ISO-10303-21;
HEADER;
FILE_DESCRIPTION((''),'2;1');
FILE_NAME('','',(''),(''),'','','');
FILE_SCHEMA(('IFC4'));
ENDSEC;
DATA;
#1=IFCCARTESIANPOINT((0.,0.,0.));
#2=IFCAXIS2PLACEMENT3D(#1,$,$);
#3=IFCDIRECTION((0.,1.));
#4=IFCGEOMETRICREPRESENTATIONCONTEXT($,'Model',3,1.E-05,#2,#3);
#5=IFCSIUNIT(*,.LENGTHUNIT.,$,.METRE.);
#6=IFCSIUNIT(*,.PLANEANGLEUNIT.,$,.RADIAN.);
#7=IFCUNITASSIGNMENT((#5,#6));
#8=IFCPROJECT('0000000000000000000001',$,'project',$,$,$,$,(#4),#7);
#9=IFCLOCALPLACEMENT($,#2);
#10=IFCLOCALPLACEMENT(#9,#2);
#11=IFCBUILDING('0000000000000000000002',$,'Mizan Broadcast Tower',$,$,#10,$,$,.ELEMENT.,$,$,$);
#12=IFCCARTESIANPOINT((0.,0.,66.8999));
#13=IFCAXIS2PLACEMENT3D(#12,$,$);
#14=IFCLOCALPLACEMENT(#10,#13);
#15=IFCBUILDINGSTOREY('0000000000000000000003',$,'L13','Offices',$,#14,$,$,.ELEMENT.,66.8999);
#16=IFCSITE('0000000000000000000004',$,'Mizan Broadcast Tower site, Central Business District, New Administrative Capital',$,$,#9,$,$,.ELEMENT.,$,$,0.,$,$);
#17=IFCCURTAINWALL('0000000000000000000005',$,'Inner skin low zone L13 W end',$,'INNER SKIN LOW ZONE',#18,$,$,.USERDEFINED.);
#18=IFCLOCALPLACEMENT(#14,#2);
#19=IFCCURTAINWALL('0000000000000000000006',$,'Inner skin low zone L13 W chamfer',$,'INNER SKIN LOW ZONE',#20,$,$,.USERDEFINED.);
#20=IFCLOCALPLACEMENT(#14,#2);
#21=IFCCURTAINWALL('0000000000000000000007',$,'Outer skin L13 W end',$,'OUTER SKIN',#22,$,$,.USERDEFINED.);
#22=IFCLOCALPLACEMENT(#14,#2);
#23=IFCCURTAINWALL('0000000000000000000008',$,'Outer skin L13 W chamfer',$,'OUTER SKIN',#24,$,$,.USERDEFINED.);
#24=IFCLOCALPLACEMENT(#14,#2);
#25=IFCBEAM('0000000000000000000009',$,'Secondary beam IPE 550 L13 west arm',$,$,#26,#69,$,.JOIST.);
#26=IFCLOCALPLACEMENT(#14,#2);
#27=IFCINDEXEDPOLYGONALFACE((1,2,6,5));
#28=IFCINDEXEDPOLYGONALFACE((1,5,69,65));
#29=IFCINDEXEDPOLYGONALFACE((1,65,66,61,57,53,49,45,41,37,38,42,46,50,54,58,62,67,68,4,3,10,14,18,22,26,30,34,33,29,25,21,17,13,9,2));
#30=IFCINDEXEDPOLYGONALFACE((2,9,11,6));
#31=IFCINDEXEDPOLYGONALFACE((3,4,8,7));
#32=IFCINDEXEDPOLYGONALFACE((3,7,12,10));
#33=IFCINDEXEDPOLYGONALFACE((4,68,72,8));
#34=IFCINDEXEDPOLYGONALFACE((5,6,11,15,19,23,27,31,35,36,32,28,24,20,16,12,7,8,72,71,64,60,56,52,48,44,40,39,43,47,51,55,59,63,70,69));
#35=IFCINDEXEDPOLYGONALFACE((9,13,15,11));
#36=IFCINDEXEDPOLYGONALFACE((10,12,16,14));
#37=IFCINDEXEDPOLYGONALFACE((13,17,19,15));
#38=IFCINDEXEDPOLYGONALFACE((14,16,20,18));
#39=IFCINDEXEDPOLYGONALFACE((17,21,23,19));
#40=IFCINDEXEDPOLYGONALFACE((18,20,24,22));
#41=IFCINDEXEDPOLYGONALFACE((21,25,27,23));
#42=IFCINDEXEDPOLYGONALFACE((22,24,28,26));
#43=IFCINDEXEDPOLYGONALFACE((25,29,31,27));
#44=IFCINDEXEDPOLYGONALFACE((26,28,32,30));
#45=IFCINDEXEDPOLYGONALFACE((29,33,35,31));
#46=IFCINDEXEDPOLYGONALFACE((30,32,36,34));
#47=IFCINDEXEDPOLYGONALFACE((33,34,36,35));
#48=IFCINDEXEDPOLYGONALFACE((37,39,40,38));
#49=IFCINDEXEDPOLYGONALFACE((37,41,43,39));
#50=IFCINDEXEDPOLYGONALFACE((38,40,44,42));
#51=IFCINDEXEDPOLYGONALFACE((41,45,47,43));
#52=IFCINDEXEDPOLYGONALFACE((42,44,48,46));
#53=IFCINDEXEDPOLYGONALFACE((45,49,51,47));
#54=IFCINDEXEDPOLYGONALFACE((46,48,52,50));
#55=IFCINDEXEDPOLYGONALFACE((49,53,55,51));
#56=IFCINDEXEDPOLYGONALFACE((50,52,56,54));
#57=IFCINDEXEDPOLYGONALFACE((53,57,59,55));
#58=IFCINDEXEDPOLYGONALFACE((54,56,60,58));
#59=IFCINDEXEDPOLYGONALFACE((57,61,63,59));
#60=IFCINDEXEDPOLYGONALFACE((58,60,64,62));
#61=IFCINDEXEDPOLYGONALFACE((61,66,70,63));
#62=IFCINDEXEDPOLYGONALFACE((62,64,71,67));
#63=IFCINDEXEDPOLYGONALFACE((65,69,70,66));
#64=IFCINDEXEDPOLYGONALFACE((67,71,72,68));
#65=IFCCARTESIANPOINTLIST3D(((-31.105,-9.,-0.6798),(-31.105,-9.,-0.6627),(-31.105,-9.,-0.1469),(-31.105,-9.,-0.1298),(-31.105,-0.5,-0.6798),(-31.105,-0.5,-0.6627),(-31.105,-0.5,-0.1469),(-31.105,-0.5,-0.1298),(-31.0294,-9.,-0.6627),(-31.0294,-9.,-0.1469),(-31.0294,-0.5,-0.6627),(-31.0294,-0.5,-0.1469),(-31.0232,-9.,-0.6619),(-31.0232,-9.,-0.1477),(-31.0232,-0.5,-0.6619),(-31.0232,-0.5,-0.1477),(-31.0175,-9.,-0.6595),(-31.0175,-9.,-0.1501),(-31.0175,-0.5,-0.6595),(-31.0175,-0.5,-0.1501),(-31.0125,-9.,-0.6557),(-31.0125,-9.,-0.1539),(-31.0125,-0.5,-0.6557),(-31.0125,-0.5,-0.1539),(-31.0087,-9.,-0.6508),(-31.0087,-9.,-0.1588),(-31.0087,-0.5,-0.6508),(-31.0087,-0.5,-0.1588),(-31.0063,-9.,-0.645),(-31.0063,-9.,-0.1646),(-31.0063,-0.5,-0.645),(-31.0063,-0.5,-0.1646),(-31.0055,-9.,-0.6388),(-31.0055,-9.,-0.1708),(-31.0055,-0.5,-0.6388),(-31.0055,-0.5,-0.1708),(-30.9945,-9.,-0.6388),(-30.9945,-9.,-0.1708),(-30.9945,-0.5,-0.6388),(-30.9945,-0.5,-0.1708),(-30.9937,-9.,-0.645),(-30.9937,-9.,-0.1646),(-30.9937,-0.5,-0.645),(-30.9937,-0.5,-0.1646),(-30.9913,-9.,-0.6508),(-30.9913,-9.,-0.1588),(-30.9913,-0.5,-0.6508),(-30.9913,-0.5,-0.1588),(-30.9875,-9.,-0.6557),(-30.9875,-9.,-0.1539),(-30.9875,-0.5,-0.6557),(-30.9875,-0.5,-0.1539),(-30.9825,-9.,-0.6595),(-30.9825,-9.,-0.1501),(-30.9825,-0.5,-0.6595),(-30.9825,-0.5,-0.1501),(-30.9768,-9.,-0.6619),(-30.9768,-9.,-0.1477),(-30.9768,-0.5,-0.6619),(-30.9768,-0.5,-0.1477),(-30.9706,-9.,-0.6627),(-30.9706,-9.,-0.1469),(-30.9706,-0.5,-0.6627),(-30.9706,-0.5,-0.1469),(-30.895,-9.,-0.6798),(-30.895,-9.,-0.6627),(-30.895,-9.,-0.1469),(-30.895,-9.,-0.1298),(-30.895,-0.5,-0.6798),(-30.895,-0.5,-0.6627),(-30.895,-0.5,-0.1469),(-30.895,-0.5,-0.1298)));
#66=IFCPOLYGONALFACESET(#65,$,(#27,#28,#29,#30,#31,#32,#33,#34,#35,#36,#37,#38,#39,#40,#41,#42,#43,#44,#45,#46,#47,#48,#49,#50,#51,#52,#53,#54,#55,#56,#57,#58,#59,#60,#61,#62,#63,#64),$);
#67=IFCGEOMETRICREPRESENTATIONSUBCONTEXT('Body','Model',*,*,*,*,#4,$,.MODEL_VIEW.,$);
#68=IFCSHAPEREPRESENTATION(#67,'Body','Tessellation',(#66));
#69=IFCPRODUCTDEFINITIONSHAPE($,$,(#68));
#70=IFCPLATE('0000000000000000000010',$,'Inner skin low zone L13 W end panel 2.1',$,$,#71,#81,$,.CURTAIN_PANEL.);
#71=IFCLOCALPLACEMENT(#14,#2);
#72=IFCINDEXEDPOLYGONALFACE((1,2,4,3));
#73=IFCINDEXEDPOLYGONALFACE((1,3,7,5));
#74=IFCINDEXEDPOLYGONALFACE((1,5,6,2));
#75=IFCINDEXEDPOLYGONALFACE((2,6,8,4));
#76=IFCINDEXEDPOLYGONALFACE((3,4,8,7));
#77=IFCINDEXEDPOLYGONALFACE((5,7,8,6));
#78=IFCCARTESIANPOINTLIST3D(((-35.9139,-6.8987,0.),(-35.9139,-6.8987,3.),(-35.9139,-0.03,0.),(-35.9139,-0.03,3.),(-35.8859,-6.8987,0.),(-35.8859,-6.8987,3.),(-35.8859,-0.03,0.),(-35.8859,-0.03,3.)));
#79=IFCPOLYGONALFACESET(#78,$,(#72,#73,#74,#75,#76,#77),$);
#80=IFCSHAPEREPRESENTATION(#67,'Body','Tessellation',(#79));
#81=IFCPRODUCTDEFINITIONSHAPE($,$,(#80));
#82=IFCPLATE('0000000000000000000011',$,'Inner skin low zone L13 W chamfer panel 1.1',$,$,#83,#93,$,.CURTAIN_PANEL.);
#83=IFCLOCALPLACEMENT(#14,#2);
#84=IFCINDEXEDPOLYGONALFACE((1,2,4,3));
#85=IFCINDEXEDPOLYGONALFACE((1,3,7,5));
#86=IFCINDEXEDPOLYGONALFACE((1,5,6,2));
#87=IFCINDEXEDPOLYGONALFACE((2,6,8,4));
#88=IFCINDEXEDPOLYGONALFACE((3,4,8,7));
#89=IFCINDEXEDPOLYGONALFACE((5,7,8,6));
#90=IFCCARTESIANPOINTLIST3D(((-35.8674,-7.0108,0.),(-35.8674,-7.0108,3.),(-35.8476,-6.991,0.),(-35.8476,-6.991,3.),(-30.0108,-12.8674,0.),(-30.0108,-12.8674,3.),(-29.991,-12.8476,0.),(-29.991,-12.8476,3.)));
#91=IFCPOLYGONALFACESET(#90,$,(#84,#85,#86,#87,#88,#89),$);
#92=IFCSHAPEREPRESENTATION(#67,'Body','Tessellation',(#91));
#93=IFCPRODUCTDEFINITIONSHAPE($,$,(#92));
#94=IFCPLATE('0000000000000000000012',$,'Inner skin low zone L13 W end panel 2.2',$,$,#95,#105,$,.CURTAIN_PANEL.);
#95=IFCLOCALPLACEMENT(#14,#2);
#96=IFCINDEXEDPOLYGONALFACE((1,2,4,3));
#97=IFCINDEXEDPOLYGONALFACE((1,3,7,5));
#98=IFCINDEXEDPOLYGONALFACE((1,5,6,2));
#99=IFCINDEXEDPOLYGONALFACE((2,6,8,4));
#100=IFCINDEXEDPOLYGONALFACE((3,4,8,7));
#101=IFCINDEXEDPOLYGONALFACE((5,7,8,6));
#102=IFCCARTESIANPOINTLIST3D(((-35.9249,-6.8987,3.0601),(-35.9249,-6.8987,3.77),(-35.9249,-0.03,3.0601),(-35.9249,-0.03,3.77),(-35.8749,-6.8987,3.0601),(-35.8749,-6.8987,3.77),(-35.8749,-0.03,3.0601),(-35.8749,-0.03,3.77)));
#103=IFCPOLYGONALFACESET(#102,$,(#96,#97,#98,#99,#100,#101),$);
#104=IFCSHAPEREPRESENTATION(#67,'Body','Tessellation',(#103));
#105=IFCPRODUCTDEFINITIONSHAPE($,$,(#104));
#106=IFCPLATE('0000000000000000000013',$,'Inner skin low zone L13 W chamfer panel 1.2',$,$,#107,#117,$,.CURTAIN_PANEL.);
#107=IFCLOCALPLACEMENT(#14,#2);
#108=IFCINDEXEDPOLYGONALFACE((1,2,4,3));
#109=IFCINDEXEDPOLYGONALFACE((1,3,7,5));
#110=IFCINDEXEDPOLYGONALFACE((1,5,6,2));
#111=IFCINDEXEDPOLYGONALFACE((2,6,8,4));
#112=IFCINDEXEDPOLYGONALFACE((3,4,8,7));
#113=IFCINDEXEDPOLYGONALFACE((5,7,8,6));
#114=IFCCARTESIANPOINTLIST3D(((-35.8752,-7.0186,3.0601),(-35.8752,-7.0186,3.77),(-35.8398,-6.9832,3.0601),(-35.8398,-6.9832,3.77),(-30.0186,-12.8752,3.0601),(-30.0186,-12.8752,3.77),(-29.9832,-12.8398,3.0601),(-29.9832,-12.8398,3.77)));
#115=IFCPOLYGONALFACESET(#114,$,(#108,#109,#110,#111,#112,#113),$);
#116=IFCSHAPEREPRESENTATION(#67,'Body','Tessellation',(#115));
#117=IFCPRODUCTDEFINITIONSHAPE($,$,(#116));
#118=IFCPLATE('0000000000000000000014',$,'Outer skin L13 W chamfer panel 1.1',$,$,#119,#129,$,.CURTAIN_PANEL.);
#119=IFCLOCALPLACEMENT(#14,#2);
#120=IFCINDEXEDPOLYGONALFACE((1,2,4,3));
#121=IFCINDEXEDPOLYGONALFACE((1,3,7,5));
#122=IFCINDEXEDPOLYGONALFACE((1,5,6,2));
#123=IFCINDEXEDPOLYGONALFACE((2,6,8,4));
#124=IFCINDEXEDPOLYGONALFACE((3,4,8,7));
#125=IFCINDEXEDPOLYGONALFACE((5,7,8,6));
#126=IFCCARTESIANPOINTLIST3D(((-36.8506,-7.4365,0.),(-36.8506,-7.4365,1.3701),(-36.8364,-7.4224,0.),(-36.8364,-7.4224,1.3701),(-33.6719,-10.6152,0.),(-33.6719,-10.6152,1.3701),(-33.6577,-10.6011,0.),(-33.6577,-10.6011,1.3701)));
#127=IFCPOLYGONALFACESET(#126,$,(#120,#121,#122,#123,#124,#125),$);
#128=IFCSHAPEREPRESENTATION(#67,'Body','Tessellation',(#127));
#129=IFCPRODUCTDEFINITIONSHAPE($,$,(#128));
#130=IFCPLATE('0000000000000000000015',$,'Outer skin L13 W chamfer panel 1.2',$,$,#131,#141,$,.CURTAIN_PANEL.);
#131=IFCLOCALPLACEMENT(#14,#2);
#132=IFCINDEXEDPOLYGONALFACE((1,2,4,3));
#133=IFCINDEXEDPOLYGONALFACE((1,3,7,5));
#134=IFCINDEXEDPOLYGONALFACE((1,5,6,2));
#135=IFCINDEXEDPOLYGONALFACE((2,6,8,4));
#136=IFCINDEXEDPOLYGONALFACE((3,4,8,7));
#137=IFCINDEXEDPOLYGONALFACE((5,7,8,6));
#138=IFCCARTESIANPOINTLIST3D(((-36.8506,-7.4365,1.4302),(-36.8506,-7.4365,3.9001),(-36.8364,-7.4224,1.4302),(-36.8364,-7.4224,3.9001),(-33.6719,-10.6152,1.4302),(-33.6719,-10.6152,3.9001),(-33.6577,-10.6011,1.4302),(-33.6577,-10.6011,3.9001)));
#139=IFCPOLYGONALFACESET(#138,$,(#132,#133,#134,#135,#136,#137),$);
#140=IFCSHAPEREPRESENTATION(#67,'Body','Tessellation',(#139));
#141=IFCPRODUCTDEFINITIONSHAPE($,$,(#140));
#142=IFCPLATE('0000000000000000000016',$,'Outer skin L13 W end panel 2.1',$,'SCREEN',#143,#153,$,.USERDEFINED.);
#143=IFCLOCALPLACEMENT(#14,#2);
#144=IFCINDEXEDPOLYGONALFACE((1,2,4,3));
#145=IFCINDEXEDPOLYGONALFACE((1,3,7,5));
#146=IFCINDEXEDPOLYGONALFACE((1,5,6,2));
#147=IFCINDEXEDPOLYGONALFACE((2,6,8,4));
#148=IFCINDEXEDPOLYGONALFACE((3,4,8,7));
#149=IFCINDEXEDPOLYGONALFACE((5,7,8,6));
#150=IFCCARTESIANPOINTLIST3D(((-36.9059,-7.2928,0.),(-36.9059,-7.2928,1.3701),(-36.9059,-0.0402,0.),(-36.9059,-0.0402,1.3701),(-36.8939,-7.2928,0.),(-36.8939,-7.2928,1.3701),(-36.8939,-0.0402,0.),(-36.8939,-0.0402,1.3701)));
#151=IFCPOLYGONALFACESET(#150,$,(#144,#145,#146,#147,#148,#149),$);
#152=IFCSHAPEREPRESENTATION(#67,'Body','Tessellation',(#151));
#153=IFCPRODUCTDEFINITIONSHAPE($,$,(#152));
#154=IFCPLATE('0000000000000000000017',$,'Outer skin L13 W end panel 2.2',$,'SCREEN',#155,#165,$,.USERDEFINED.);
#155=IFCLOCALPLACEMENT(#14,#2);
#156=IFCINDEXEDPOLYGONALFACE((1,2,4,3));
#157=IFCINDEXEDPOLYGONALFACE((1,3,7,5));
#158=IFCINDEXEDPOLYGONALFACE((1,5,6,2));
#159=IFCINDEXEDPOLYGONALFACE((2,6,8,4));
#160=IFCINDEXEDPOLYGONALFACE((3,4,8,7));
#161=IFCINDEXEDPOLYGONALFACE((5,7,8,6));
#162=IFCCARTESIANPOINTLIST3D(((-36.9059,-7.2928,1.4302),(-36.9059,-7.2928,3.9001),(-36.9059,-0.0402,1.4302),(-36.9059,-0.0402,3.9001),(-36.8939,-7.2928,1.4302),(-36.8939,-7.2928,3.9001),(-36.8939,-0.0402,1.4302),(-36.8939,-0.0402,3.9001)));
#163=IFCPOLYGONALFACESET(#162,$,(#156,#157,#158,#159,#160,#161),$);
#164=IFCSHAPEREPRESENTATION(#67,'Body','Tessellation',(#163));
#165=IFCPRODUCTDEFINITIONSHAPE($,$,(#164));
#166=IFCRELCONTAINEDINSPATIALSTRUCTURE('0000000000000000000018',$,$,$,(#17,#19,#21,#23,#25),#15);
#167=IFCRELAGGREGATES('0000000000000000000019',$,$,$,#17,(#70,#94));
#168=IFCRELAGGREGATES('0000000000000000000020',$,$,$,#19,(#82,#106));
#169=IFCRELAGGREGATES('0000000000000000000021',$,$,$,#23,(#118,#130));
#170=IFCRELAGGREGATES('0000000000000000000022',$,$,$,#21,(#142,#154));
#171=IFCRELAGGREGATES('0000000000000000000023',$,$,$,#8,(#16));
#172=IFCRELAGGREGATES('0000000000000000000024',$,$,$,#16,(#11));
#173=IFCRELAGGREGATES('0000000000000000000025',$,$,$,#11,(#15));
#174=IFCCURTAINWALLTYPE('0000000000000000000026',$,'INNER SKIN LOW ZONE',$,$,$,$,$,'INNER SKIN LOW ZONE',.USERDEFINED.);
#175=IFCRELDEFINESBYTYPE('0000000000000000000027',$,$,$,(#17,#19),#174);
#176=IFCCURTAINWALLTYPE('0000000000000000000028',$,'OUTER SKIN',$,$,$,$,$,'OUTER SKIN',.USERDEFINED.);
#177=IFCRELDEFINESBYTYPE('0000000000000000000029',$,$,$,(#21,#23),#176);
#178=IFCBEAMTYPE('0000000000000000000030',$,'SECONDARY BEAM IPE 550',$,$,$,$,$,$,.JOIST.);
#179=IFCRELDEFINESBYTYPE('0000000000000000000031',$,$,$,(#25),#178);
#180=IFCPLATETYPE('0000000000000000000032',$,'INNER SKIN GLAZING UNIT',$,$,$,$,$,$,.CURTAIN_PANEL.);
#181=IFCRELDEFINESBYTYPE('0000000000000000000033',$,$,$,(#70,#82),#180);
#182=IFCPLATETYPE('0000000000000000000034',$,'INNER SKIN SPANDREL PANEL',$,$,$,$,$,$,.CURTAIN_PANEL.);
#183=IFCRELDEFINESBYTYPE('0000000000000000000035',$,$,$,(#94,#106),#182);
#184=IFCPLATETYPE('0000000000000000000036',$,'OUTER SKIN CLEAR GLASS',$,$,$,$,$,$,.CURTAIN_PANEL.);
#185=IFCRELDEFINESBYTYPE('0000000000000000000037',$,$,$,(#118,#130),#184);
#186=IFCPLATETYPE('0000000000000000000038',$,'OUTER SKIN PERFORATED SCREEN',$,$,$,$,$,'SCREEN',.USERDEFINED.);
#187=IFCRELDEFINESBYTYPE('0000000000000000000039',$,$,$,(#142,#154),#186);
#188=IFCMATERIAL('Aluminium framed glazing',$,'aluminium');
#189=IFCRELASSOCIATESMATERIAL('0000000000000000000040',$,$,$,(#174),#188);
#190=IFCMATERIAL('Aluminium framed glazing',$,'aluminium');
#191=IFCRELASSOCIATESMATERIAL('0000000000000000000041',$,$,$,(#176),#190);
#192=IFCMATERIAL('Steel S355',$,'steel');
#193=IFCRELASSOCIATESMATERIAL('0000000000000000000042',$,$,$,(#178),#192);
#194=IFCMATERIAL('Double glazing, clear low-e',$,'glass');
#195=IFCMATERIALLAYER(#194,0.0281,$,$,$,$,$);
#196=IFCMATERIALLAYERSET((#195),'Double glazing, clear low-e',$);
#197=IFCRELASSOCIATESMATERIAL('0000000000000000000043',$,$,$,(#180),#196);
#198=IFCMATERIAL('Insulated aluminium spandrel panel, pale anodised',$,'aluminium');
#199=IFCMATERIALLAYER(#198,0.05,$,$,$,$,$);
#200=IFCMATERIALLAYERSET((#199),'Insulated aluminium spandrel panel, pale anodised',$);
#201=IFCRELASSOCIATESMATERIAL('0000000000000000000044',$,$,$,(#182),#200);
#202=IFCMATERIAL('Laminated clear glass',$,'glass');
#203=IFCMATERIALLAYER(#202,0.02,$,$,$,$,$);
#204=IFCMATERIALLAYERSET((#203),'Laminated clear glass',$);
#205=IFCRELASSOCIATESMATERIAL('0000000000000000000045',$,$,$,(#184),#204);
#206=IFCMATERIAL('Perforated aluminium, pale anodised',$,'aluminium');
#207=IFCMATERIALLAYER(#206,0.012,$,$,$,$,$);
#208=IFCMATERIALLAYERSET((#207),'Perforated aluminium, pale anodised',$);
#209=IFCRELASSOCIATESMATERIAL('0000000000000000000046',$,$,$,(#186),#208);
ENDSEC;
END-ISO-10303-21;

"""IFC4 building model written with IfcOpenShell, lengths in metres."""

from ifc_helpers import new_model, si_unit, direction, frame, origin, origin_2d, place, context, subcontext, project, spatial, rectangle, i_section, extrude, material, layer, layer_set, material_profile, profile_set, type_object, element, aggregate, save


model = new_model("IFC4")

# Units and contexts
model_context = context("Model", 3, precision=1e-05, world=origin(), true_north=direction((0.0, 1.0)))
body_context = subcontext(model_context, "Body", "Model", "MODEL_VIEW")
ifc_project = project(units=[si_unit("LENGTHUNIT", "METRE"), si_unit("PLANEANGLEUNIT", "RADIAN")], contexts=[model_context])

# Site, building, storey
site_placement = place(None, origin())
site = spatial("IfcSite", under=ifc_project, at=site_placement, Name="Mizan Broadcast Tower site, Central Business District, New Administrative Capital", CompositionType="ELEMENT", RefElevation=0.0)
building_placement = place(site_placement, origin())
building = spatial("IfcBuilding", under=site, at=building_placement, Name="Mizan Broadcast Tower", CompositionType="ELEMENT")
storey_placement = place(building_placement, frame((0.0, 0.0, 66.8999)))
storey = spatial("IfcBuildingStorey", under=building, at=storey_placement, Name="L13", Description="Offices", CompositionType="ELEMENT", Elevation=66.8999)

# Curtain wall
ifc_material_1 = material(Name="Aluminium framed glazing", Category="aluminium")
curtain_wall_type_1 = type_object("IfcCurtainWallType", Name="INNER SKIN LOW ZONE", ElementType="INNER SKIN LOW ZONE", PredefinedType="USERDEFINED", material=ifc_material_1)
curtain_wall_1_placement = place(storey_placement, origin())
curtain_wall_1 = element("IfcCurtainWall", 1, at=curtain_wall_1_placement, inside=storey, type_object=curtain_wall_type_1, Name="Inner skin low zone L13 W end", ObjectType="INNER SKIN LOW ZONE", PredefinedType="USERDEFINED")

# Curtain wall
curtain_wall_2_placement = place(storey_placement, origin())
curtain_wall_2 = element("IfcCurtainWall", 2, at=curtain_wall_2_placement, inside=storey, type_object=curtain_wall_type_1, Name="Inner skin low zone L13 W chamfer", ObjectType="INNER SKIN LOW ZONE", PredefinedType="USERDEFINED")

# Curtain wall
ifc_material_2 = material(Name="Aluminium framed glazing", Category="aluminium")
curtain_wall_type_2 = type_object("IfcCurtainWallType", Name="OUTER SKIN", ElementType="OUTER SKIN", PredefinedType="USERDEFINED", material=ifc_material_2)
curtain_wall_3_placement = place(storey_placement, origin())
curtain_wall_3 = element("IfcCurtainWall", 3, at=curtain_wall_3_placement, inside=storey, type_object=curtain_wall_type_2, Name="Outer skin L13 W end", ObjectType="OUTER SKIN", PredefinedType="USERDEFINED")

# Curtain wall
curtain_wall_4_placement = place(storey_placement, origin())
curtain_wall_4 = element("IfcCurtainWall", 4, at=curtain_wall_4_placement, inside=storey, type_object=curtain_wall_type_2, Name="Outer skin L13 W chamfer", ObjectType="OUTER SKIN", PredefinedType="USERDEFINED")

# Beam
ifc_material_3 = material(Name="Steel S355", Category="steel")
ifc_material_profile_1 = material_profile(ifc_material_3, i_section(OverallWidth=0.21, OverallDepth=0.55, WebThickness=0.011, FlangeThickness=0.0171, FilletRadius=0.0239, at=origin_2d()), Name="IPE 550")
ifc_profile_set_1 = profile_set([ifc_material_profile_1], Name="Steel S355")
beam_type_1 = type_object("IfcBeamType", Name="SECONDARY BEAM IPE 550", PredefinedType="JOIST", material=ifc_profile_set_1)
beam_1_placement = place(storey_placement, frame((-31.0, -9.0, -0.4048), z_axis=(0.0, 1.0, 0.0), x_axis=(-1.0, 0.0, 0.0)))
element("IfcBeam", 5, at=beam_1_placement, inside=storey, type_object=beam_type_1, Name="Secondary beam IPE 550 L13 west arm", PredefinedType="JOIST", context=body_context, shape_type="SweptSolid", body=[
    extrude(i_section(OverallWidth=0.21, OverallDepth=0.55, WebThickness=0.011, FlangeThickness=0.0171, FilletRadius=0.0239, at=origin_2d()), origin(), (0.0, 0.0, 1.0), 8.5),
])

# Plates
ifc_material_4 = material(Name="Double glazing, clear low-e", Category="glass")
ifc_layer_1 = layer(ifc_material_4, 0.0281)
ifc_layer_set_1 = layer_set([ifc_layer_1], Name="Double glazing, clear low-e")
plate_type_1 = type_object("IfcPlateType", Name="INNER SKIN GLAZING UNIT", PredefinedType="CURTAIN_PANEL", material=ifc_layer_set_1)
plate_1_placement = place(storey_placement, frame((-35.8999, -3.4644, 0.0), z_axis=(0.0, 0.0, 1.0), x_axis=(0.0, -1.0, 0.0)))
plate_1 = element("IfcPlate", 6, at=plate_1_placement, type_object=plate_type_1, Name="Inner skin low zone L13 W end panel 2.1", PredefinedType="CURTAIN_PANEL", context=body_context, shape_type="SweptSolid", body=[
    extrude(rectangle(XDim=6.8687, YDim=0.0281, at=origin_2d()), origin(), (0.0, 0.0, 1.0), 3.0),
])
plate_2_placement = place(storey_placement, frame((-32.9292, -9.9292, 0.0), z_axis=(0.0, 0.0, 1.0), x_axis=(0.707107, -0.707107, 0.0)))
plate_2 = element("IfcPlate", 7, at=plate_2_placement, type_object=plate_type_1, Name="Inner skin low zone L13 W chamfer panel 1.1", PredefinedType="CURTAIN_PANEL", context=body_context, shape_type="SweptSolid", body=[
    extrude(rectangle(XDim=8.2825, YDim=0.0281, at=origin_2d()), origin(), (0.0, 0.0, 1.0), 3.0),
])
ifc_material_5 = material(Name="Insulated aluminium spandrel panel, pale anodised", Category="aluminium")
ifc_layer_2 = layer(ifc_material_5, 0.05)
ifc_layer_set_2 = layer_set([ifc_layer_2], Name="Insulated aluminium spandrel panel, pale anodised")
plate_type_2 = type_object("IfcPlateType", Name="INNER SKIN SPANDREL PANEL", PredefinedType="CURTAIN_PANEL", material=ifc_layer_set_2)
plate_3_placement = place(storey_placement, frame((-35.8999, -3.4644, 3.0601), z_axis=(0.0, 0.0, 1.0), x_axis=(0.0, -1.0, 0.0)))
plate_3 = element("IfcPlate", 8, at=plate_3_placement, type_object=plate_type_2, Name="Inner skin low zone L13 W end panel 2.2", PredefinedType="CURTAIN_PANEL", context=body_context, shape_type="SweptSolid", body=[
    extrude(rectangle(XDim=6.8687, YDim=0.05, at=origin_2d()), origin(), (0.0, 0.0, 1.0), 0.71),
])
aggregate(curtain_wall_1, [plate_1, plate_3])
plate_4_placement = place(storey_placement, frame((-32.9292, -9.9292, 3.0601), z_axis=(0.0, 0.0, 1.0), x_axis=(0.707107, -0.707107, 0.0)))
plate_4 = element("IfcPlate", 9, at=plate_4_placement, type_object=plate_type_2, Name="Inner skin low zone L13 W chamfer panel 1.2", PredefinedType="CURTAIN_PANEL", context=body_context, shape_type="SweptSolid", body=[
    extrude(rectangle(XDim=8.2825, YDim=0.05, at=origin_2d()), origin(), (0.0, 0.0, 1.0), 0.71),
])
aggregate(curtain_wall_2, [plate_2, plate_4])
ifc_material_6 = material(Name="Laminated clear glass", Category="glass")
ifc_layer_3 = layer(ifc_material_6, 0.02)
ifc_layer_set_3 = layer_set([ifc_layer_3], Name="Laminated clear glass")
plate_type_3 = type_object("IfcPlateType", Name="OUTER SKIN CLEAR GLASS", PredefinedType="CURTAIN_PANEL", material=ifc_layer_set_3)
plate_5_placement = place(storey_placement, frame((-35.2542, -9.0188, 0.0), z_axis=(0.0, 0.0, 1.0), x_axis=(0.707107, -0.707107, 0.0)))
plate_5 = element("IfcPlate", 10, at=plate_5_placement, type_object=plate_type_3, Name="Outer skin L13 W chamfer panel 1.1", PredefinedType="CURTAIN_PANEL", context=body_context, shape_type="SweptSolid", body=[
    extrude(rectangle(XDim=4.4954, YDim=0.02, at=origin_2d()), origin(), (0.0, 0.0, 1.0), 1.3701),
])
plate_6_placement = place(storey_placement, frame((-35.2542, -9.0188, 1.4302), z_axis=(0.0, 0.0, 1.0), x_axis=(0.707107, -0.707107, 0.0)))
plate_6 = element("IfcPlate", 11, at=plate_6_placement, type_object=plate_type_3, Name="Outer skin L13 W chamfer panel 1.2", PredefinedType="CURTAIN_PANEL", context=body_context, shape_type="SweptSolid", body=[
    extrude(rectangle(XDim=4.4954, YDim=0.02, at=origin_2d()), origin(), (0.0, 0.0, 1.0), 2.47),
])
aggregate(curtain_wall_4, [plate_5, plate_6])
ifc_material_7 = material(Name="Perforated aluminium, pale anodised", Category="aluminium")
ifc_layer_4 = layer(ifc_material_7, 0.012)
ifc_layer_set_4 = layer_set([ifc_layer_4], Name="Perforated aluminium, pale anodised")
plate_type_4 = type_object("IfcPlateType", Name="OUTER SKIN PERFORATED SCREEN", ElementType="SCREEN", PredefinedType="USERDEFINED", material=ifc_layer_set_4)
plate_7_placement = place(storey_placement, frame((-36.8999, -3.6665, 0.0), z_axis=(0.0, 0.0, 1.0), x_axis=(0.0, -1.0, 0.0)))
plate_7 = element("IfcPlate", 12, at=plate_7_placement, type_object=plate_type_4, Name="Outer skin L13 W end panel 2.1", ObjectType="SCREEN", PredefinedType="USERDEFINED", context=body_context, shape_type="SweptSolid", body=[
    extrude(rectangle(XDim=7.2527, YDim=0.012, at=origin_2d()), origin(), (0.0, 0.0, 1.0), 1.3701),
])
plate_8_placement = place(storey_placement, frame((-36.8999, -3.6665, 1.4302), z_axis=(0.0, 0.0, 1.0), x_axis=(0.0, -1.0, 0.0)))
plate_8 = element("IfcPlate", 13, at=plate_8_placement, type_object=plate_type_4, Name="Outer skin L13 W end panel 2.2", ObjectType="SCREEN", PredefinedType="USERDEFINED", context=body_context, shape_type="SweptSolid", body=[
    extrude(rectangle(XDim=7.2527, YDim=0.012, at=origin_2d()), origin(), (0.0, 0.0, 1.0), 2.47),
])
aggregate(curtain_wall_3, [plate_7, plate_8])

save(model, "model.ifc")
